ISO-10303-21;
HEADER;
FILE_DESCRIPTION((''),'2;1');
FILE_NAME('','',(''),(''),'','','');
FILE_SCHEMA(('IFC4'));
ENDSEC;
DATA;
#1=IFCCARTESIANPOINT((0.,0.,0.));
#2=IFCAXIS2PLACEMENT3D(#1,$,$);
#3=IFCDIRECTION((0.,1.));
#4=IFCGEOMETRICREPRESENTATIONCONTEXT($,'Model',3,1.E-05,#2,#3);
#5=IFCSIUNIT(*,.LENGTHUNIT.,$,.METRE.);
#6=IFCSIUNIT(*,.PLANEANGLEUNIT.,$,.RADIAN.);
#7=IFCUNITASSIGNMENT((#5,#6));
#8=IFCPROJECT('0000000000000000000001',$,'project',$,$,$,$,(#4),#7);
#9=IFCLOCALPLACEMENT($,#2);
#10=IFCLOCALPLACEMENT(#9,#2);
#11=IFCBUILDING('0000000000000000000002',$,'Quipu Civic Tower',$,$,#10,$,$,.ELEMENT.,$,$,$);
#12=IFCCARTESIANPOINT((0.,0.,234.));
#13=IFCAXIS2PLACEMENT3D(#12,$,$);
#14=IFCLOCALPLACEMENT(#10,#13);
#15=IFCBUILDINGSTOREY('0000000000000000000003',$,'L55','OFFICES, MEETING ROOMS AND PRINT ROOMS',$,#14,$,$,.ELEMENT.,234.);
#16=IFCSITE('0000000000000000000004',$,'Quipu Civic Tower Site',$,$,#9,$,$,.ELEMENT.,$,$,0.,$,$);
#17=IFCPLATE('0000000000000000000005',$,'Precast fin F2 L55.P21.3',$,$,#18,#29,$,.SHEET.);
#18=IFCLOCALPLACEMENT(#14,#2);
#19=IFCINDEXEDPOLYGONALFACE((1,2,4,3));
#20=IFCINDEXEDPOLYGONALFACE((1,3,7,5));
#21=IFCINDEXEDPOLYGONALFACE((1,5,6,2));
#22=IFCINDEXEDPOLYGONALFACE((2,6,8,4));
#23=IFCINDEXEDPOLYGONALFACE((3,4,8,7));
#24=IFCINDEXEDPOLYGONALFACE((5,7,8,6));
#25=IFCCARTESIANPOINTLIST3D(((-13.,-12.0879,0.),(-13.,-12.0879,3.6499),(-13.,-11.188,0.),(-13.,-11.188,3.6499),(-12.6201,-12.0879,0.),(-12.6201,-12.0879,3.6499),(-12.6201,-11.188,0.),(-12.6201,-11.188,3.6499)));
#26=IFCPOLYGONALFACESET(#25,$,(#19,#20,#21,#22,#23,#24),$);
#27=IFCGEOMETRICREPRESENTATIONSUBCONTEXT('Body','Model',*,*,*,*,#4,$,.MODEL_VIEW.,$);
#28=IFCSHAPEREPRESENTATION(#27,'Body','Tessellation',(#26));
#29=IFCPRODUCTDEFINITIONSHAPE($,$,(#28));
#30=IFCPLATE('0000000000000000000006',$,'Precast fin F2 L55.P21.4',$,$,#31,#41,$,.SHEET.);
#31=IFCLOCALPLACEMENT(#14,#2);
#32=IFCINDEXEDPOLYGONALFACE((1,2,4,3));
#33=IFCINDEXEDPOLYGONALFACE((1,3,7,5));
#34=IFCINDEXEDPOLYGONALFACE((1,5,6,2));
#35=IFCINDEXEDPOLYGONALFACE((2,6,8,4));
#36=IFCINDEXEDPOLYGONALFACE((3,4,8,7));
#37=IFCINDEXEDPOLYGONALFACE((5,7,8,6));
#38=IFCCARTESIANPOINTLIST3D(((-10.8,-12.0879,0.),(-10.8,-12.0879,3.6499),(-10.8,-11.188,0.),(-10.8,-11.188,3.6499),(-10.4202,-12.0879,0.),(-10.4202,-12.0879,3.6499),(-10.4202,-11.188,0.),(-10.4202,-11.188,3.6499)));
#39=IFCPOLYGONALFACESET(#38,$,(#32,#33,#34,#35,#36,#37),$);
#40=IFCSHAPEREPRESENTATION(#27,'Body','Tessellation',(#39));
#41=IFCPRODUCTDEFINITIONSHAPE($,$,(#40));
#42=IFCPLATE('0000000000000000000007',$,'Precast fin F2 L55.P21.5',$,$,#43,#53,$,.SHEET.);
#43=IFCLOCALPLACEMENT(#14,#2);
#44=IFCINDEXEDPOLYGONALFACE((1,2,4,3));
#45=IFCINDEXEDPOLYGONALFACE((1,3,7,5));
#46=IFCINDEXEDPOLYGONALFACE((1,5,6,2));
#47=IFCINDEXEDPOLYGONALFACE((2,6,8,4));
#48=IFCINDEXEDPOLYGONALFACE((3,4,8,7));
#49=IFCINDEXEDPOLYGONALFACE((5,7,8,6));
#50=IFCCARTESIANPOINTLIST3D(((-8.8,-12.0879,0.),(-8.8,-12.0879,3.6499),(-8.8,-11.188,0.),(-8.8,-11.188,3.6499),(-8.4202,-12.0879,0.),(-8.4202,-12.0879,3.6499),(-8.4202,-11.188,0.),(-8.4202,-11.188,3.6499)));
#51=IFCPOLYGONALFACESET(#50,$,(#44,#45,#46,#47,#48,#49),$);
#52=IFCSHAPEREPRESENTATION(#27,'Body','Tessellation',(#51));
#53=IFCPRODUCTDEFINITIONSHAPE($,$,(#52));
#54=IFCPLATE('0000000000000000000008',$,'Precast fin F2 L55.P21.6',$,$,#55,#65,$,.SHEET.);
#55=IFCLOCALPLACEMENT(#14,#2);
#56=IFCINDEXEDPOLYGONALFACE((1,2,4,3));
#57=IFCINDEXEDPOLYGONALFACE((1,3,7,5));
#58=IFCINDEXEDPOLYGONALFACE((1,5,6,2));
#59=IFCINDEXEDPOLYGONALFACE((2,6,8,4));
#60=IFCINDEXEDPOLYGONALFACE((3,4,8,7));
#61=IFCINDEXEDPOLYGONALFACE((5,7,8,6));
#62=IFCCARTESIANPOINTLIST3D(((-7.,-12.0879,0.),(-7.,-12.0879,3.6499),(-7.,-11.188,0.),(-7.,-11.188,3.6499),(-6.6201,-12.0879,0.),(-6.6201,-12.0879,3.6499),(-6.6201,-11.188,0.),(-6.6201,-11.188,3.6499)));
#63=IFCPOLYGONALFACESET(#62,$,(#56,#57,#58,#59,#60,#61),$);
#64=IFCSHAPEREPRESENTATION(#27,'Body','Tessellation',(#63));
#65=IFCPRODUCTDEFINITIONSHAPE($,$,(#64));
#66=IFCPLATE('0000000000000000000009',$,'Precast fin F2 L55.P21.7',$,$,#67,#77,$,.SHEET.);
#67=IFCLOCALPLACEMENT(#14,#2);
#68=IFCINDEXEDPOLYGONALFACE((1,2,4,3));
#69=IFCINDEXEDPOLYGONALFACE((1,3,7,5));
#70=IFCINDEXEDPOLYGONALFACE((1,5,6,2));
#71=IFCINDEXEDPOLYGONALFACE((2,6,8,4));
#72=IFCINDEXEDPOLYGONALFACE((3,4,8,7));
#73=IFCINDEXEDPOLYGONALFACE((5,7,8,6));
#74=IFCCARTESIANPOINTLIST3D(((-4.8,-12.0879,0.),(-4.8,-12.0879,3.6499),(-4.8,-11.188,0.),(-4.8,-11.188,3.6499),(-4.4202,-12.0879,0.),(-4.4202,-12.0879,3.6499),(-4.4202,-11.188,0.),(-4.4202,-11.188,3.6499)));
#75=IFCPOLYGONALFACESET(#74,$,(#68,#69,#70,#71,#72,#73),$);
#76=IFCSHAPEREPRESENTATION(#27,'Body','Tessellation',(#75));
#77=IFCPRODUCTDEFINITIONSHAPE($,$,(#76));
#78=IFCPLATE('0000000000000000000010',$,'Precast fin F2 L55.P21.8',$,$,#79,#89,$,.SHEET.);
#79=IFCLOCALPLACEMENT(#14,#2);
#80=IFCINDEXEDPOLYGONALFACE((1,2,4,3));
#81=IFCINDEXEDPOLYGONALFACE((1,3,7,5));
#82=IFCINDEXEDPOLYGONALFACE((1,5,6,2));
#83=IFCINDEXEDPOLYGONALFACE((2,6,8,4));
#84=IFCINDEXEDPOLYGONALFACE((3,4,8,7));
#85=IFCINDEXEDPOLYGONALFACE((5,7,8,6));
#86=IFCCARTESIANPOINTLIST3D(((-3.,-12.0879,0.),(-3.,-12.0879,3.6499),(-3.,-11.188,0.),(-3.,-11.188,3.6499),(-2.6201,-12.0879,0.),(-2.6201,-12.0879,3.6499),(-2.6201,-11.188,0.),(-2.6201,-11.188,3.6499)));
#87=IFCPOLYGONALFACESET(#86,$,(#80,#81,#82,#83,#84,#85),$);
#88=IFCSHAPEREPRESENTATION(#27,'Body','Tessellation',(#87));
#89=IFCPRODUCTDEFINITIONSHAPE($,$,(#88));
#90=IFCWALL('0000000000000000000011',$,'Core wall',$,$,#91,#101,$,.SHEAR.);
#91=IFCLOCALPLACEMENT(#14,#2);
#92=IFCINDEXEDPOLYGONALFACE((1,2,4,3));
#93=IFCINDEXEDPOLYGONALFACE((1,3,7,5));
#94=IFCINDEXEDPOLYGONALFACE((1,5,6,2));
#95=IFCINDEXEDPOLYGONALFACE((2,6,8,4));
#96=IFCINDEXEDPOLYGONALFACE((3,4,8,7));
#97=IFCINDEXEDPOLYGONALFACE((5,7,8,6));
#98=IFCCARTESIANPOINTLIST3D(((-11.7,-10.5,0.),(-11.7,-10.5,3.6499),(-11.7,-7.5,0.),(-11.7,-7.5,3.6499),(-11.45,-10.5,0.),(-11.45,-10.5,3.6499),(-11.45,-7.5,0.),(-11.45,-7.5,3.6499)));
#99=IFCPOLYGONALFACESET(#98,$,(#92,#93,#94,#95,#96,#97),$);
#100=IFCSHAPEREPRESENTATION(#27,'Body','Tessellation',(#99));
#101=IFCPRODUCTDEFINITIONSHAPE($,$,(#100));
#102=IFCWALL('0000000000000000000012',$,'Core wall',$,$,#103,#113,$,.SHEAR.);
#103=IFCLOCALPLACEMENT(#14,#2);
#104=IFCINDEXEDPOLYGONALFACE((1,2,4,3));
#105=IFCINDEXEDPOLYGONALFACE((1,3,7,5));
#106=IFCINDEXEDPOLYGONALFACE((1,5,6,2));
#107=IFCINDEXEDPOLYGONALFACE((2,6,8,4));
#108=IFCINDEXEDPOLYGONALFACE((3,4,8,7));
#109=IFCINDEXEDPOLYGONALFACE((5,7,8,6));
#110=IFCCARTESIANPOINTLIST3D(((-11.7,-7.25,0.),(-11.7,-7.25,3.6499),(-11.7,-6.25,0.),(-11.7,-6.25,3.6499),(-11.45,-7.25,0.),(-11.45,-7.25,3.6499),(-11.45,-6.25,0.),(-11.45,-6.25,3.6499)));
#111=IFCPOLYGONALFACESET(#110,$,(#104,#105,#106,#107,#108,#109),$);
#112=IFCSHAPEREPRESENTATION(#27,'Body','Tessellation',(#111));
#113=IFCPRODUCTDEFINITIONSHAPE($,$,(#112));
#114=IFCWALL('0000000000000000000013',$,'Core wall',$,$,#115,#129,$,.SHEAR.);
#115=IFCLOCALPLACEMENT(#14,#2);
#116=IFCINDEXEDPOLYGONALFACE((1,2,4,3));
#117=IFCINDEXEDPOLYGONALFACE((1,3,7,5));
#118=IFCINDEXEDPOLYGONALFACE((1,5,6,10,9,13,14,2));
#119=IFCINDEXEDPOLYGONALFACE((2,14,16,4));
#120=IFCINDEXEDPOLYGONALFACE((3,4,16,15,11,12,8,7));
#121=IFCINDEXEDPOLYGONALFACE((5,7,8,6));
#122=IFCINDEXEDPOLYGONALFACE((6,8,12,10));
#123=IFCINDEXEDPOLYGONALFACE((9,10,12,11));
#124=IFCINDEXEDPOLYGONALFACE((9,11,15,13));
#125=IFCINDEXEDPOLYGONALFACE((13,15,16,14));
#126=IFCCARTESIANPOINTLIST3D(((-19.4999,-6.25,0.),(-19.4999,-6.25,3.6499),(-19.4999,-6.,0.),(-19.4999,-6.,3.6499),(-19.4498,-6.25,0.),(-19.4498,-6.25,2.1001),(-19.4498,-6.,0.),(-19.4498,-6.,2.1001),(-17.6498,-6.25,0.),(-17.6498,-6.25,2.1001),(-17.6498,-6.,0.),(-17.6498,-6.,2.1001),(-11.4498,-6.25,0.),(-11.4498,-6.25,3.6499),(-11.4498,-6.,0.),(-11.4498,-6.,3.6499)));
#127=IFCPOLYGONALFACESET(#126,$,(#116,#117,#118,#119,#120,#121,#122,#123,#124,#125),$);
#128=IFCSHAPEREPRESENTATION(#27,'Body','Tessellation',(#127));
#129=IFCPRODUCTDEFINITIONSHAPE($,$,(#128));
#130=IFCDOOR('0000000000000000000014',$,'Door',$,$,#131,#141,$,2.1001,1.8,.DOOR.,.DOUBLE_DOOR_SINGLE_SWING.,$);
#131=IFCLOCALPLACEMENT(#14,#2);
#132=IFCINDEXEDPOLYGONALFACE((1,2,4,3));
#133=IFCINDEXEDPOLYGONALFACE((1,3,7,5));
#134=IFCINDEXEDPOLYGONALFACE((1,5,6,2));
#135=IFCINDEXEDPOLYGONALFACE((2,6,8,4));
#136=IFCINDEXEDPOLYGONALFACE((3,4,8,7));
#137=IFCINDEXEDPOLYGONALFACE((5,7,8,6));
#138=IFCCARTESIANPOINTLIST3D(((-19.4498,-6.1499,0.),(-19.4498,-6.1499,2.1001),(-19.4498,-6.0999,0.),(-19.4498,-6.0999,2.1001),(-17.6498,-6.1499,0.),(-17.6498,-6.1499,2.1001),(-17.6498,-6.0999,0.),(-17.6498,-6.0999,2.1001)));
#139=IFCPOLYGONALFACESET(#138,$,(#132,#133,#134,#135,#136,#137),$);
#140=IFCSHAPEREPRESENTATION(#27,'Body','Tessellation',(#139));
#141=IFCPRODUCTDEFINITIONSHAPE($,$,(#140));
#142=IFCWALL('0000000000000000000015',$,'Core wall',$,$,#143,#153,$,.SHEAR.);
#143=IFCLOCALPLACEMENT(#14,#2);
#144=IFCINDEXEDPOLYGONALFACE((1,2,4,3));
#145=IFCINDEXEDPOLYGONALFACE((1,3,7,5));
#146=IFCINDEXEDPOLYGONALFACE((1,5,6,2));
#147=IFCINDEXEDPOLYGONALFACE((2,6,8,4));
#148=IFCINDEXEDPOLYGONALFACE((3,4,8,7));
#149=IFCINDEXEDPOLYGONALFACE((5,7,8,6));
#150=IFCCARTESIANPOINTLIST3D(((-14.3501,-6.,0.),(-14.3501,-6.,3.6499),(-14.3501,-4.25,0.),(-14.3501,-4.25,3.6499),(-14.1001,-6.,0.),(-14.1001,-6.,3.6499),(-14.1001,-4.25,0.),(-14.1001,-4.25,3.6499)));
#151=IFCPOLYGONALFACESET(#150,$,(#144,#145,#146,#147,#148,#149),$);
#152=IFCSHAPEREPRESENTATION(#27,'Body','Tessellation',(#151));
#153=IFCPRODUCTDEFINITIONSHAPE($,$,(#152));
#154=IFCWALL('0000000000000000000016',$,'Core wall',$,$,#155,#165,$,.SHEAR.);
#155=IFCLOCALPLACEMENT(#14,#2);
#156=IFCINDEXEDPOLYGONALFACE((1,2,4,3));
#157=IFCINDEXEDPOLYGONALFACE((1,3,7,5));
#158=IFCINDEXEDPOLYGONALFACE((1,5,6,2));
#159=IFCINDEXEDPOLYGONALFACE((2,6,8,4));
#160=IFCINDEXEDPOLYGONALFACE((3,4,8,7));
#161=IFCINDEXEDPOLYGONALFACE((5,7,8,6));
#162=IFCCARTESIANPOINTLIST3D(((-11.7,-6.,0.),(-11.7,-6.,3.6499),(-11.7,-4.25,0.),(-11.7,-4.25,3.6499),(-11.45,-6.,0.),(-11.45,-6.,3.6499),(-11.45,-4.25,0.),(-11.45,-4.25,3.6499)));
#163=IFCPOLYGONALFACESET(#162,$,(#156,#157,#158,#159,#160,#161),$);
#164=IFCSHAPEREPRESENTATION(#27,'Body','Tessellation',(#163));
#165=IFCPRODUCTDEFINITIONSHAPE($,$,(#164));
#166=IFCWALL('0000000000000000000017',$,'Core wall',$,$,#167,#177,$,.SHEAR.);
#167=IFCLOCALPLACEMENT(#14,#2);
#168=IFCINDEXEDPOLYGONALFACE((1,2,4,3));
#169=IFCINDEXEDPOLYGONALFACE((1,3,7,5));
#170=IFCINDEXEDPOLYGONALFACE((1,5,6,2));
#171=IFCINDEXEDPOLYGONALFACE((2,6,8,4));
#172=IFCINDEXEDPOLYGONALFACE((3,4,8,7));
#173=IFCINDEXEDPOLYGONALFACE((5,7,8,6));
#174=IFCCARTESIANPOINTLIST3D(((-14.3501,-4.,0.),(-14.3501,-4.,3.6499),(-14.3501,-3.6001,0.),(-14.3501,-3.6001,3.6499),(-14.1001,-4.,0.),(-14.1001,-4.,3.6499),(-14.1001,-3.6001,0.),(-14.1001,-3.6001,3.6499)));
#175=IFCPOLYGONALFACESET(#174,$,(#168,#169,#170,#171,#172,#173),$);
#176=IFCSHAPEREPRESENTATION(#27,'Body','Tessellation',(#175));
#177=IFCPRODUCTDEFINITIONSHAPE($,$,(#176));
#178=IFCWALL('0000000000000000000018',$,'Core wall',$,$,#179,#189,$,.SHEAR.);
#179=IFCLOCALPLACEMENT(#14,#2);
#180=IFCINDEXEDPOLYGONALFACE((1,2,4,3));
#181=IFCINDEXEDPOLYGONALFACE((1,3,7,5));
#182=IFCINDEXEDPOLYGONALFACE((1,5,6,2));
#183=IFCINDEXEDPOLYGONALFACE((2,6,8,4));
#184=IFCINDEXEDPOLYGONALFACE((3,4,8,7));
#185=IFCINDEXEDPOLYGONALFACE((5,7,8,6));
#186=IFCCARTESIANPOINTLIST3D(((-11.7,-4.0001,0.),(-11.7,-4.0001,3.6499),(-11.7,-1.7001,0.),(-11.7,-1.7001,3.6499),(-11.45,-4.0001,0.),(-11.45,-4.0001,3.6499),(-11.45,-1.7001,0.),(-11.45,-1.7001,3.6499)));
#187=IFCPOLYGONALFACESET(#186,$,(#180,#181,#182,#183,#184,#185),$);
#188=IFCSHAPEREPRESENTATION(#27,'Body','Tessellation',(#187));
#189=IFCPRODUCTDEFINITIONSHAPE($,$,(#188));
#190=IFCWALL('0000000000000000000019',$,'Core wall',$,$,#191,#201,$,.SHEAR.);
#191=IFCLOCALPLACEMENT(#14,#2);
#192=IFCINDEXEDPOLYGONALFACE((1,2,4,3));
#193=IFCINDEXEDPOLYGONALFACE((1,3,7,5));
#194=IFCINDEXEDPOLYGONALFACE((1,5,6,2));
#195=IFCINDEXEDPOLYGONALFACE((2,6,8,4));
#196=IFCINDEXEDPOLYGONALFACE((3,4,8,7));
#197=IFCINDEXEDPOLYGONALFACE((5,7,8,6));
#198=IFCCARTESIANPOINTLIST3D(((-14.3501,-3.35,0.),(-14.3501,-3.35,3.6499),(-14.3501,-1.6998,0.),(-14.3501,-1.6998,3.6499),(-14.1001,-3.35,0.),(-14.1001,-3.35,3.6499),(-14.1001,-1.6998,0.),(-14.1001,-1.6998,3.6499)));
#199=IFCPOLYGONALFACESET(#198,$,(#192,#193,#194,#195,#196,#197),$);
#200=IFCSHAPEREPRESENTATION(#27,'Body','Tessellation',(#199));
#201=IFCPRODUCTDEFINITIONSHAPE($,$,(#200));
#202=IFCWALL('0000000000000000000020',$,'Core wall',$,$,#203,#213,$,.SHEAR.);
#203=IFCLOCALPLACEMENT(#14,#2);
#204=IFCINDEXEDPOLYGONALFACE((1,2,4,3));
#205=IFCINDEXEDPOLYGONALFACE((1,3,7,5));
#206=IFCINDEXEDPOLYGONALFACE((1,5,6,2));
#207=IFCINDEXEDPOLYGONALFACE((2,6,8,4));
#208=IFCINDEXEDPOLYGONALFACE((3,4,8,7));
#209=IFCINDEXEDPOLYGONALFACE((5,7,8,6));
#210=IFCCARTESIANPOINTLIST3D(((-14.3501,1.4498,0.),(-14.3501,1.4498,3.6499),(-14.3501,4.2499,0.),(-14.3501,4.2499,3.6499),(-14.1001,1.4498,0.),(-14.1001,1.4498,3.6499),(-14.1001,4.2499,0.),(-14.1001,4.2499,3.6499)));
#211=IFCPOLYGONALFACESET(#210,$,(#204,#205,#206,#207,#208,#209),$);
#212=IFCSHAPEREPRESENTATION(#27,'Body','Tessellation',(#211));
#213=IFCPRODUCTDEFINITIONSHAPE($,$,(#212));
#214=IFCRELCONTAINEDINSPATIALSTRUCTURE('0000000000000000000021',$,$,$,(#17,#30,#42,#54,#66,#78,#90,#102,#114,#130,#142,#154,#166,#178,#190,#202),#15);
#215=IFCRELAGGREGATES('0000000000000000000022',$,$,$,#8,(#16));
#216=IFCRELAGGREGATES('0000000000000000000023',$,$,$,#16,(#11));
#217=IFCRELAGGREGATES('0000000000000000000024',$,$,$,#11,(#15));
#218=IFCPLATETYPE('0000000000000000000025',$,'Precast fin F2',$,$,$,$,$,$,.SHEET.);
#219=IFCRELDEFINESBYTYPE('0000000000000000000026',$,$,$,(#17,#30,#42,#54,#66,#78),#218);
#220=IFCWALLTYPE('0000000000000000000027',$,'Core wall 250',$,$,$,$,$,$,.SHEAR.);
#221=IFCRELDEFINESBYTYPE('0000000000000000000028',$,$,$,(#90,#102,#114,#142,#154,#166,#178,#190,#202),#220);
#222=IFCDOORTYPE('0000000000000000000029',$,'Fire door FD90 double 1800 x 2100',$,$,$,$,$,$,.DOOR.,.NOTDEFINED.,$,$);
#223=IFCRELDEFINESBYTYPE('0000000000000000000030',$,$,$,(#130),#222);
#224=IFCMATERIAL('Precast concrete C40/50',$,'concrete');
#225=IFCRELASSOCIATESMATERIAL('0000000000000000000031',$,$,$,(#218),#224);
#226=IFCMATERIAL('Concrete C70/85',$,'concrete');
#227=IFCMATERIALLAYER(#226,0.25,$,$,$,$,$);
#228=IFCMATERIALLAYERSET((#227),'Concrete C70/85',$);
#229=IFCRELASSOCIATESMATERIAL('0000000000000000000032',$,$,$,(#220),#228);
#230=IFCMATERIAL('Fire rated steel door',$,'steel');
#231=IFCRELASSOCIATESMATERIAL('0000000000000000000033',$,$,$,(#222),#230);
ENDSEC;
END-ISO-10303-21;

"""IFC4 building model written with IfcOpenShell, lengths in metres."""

from ifc_helpers import new_model, si_unit, direction, frame, frame_2d, origin, origin_2d, place, context, subcontext, project, spatial, rectangle, extrude, material, layer, layer_set, type_object, element, fill, save


model = new_model("IFC4")

# Units and contexts
model_context = context("Model", 3, precision=1e-05, world=origin(), true_north=direction((0.0, 1.0)))
body_context = subcontext(model_context, "Body", "Model", "MODEL_VIEW")
ifc_project = project(units=[si_unit("LENGTHUNIT", "METRE"), si_unit("PLANEANGLEUNIT", "RADIAN")], contexts=[model_context])

# Site, building, storey
site_placement = place(None, origin())
site = spatial("IfcSite", under=ifc_project, at=site_placement, Name="Quipu Civic Tower Site", CompositionType="ELEMENT", RefElevation=0.0)
building_placement = place(site_placement, origin())
building = spatial("IfcBuilding", under=site, at=building_placement, Name="Quipu Civic Tower", CompositionType="ELEMENT")
storey_placement = place(building_placement, frame((0.0, 0.0, 234.0)))
storey = spatial("IfcBuildingStorey", under=building, at=storey_placement, Name="L55", Description="OFFICES, MEETING ROOMS AND PRINT ROOMS", CompositionType="ELEMENT", Elevation=234.0)

# Plates
ifc_material_1 = material(Name="Precast concrete C40/50", Category="concrete")
plate_type = type_object("IfcPlateType", Name="Precast fin F2", PredefinedType="SHEET", material=ifc_material_1)
for number, where, z_axis, x_axis, name in (
    (1, (-12.8101, -11.6379, 0.0), (0.0, 0.0, 1.0), (1.0, 0.0, 0.0), "Precast fin F2 L55.P21.3"),
    (2, (-10.6101, -11.6379, 0.0), (0.0, 0.0, 1.0), (1.0, 0.0, 0.0), "Precast fin F2 L55.P21.4"),
    (3, (-8.6101, -11.6379, 0.0), (0.0, 0.0, 1.0), (1.0, 0.0, 0.0), "Precast fin F2 L55.P21.5"),
    (4, (-6.8101, -11.6379, 0.0), (0.0, 0.0, 1.0), (1.0, 0.0, 0.0), "Precast fin F2 L55.P21.6"),
    (5, (-4.6101, -11.6379, 0.0), (0.0, 0.0, 1.0), (1.0, 0.0, 0.0), "Precast fin F2 L55.P21.7"),
    (6, (-2.8101, -11.6379, 0.0), (0.0, 0.0, 1.0), (1.0, 0.0, 0.0), "Precast fin F2 L55.P21.8"),
):
    element("IfcPlate", number, at=place(storey_placement, frame(where, z_axis=z_axis, x_axis=x_axis)), inside=storey, type_object=plate_type, Name=name, PredefinedType="SHEET", context=body_context, shape_type="SweptSolid", body=[
        extrude(rectangle(XDim=0.3799, YDim=0.8999, at=origin_2d()), origin(), (0.0, 0.0, 1.0), 3.6499),
    ])

# Walls
ifc_material_2 = material(Name="Concrete C70/85", Category="concrete")
ifc_layer_1 = layer(ifc_material_2, 0.25)
ifc_layer_set_1 = layer_set([ifc_layer_1], Name="Concrete C70/85")
wall_type_1 = type_object("IfcWallType", Name="Core wall 250", PredefinedType="SHEAR", material=ifc_layer_set_1)
wall_1_placement = place(storey_placement, frame((-11.575, -10.5, 0.0), z_axis=(0.0, 0.0, 1.0), x_axis=(0.0, 1.0, 0.0)))
element("IfcWall", 7, at=wall_1_placement, inside=storey, type_object=wall_type_1, Name="Core wall", PredefinedType="SHEAR", context=body_context, shape_type="SweptSolid", body=[
    extrude(rectangle(XDim=3.0, YDim=0.25, at=frame_2d((1.5, 0.0))), origin(), (0.0, 0.0, 1.0), 3.6499),
])
wall_2_placement = place(storey_placement, frame((-11.575, -7.25, 0.0), z_axis=(0.0, 0.0, 1.0), x_axis=(0.0, 1.0, 0.0)))
element("IfcWall", 8, at=wall_2_placement, inside=storey, type_object=wall_type_1, Name="Core wall", PredefinedType="SHEAR", context=body_context, shape_type="SweptSolid", body=[
    extrude(rectangle(XDim=1.0, YDim=0.25, at=frame_2d((0.5, 0.0))), origin(), (0.0, 0.0, 1.0), 3.6499),
])

# Wall, opening, door
wall_3_placement = place(storey_placement, frame((-11.45, -6.125, 0.0), z_axis=(0.0, 0.0, 1.0), x_axis=(-1.0, 0.0, 0.0)))
wall_3 = element("IfcWall", 9, at=wall_3_placement, inside=storey, type_object=wall_type_1, Name="Core wall", PredefinedType="SHEAR", context=body_context, shape_type="SweptSolid", body=[
    extrude(rectangle(XDim=8.05, YDim=0.25, at=frame_2d((4.0249, 0.0))), origin(), (0.0, 0.0, 1.0), 3.6499),
])
opening_1_placement = place(wall_3_placement, frame((6.2, 0.0, 0.0)))
opening_1 = element("IfcOpeningElement", 10, at=opening_1_placement, cuts=wall_3, PredefinedType="OPENING", context=body_context, shape_type="SweptSolid", body=[
    extrude(rectangle(XDim=1.8, YDim=2.1001, at=frame_2d((0.8999, 1.05))), frame((0.0, 0.135, 0.0), z_axis=(0.0, -1.0, 0.0), x_axis=(1.0, 0.0, 0.0)), (0.0, 0.0, 1.0), 0.27),
])
ifc_material_3 = material(Name="Fire rated steel door", Category="steel")
door_type_1 = type_object("IfcDoorType", Name="Fire door FD90 double 1800 x 2100", OperationType="NOTDEFINED", PredefinedType="DOOR", material=ifc_material_3)
door_1_placement = place(opening_1_placement, origin())
door_1 = element("IfcDoor", 11, at=door_1_placement, inside=storey, type_object=door_type_1, Name="Door", OperationType="DOUBLE_DOOR_SINGLE_SWING", OverallHeight=2.1001, OverallWidth=1.8, PredefinedType="DOOR", context=body_context, shape_type="SweptSolid", body=[
    extrude(rectangle(XDim=1.8, YDim=2.1001, at=frame_2d((0.8999, 1.05))), frame((0.0, 0.0249, 0.0), z_axis=(0.0, -1.0, 0.0), x_axis=(1.0, 0.0, 0.0)), (0.0, 0.0, 1.0), 0.05),
])
fill(opening_1, door_1)

# Walls
for number, where, z_axis, x_axis, name in (
    (12, (-14.2251, -6.0, 0.0), (0.0, 0.0, 1.0), (0.0, 1.0, 0.0), "Core wall"),
    (13, (-11.575, -6.0, 0.0), (0.0, 0.0, 1.0), (0.0, 1.0, 0.0), "Core wall"),
):
    element("IfcWall", number, at=place(storey_placement, frame(where, z_axis=z_axis, x_axis=x_axis)), inside=storey, type_object=wall_type_1, Name=name, PredefinedType="SHEAR", context=body_context, shape_type="SweptSolid", body=[
        extrude(rectangle(XDim=1.75, YDim=0.25, at=frame_2d((0.875, 0.0))), origin(), (0.0, 0.0, 1.0), 3.6499),
    ])
wall_4_placement = place(storey_placement, frame((-14.2251, -4.0, 0.0), z_axis=(0.0, 0.0, 1.0), x_axis=(0.0, 1.0, 0.0)))
element("IfcWall", 14, at=wall_4_placement, inside=storey, type_object=wall_type_1, Name="Core wall", PredefinedType="SHEAR", context=body_context, shape_type="SweptSolid", body=[
    extrude(rectangle(XDim=0.3999, YDim=0.25, at=frame_2d((0.2, 0.0))), origin(), (0.0, 0.0, 1.0), 3.6499),
])
wall_5_placement = place(storey_placement, frame((-11.575, -4.0, 0.0), z_axis=(0.0, 0.0, 1.0), x_axis=(0.0, 1.0, 0.0)))
element("IfcWall", 15, at=wall_5_placement, inside=storey, type_object=wall_type_1, Name="Core wall", PredefinedType="SHEAR", context=body_context, shape_type="SweptSolid", body=[
    extrude(rectangle(XDim=2.3, YDim=0.25, at=frame_2d((1.1499, 0.0))), origin(), (0.0, 0.0, 1.0), 3.6499),
])
wall_6_placement = place(storey_placement, frame((-14.2251, -3.3501, 0.0), z_axis=(0.0, 0.0, 1.0), x_axis=(0.0, 1.0, 0.0)))
element("IfcWall", 16, at=wall_6_placement, inside=storey, type_object=wall_type_1, Name="Core wall", PredefinedType="SHEAR", context=body_context, shape_type="SweptSolid", body=[
    extrude(rectangle(XDim=1.6501, YDim=0.25, at=frame_2d((0.8252, 0.0))), origin(), (0.0, 0.0, 1.0), 3.6499),
])
wall_7_placement = place(storey_placement, frame((-14.2251, 1.45, 0.0), z_axis=(0.0, 0.0, 1.0), x_axis=(0.0, 1.0, 0.0)))
element("IfcWall", 17, at=wall_7_placement, inside=storey, type_object=wall_type_1, Name="Core wall", PredefinedType="SHEAR", context=body_context, shape_type="SweptSolid", body=[
    extrude(rectangle(XDim=2.8, YDim=0.25, at=frame_2d((1.3999, 0.0))), origin(), (0.0, 0.0, 1.0), 3.6499),
])

save(model, "model.ifc")
